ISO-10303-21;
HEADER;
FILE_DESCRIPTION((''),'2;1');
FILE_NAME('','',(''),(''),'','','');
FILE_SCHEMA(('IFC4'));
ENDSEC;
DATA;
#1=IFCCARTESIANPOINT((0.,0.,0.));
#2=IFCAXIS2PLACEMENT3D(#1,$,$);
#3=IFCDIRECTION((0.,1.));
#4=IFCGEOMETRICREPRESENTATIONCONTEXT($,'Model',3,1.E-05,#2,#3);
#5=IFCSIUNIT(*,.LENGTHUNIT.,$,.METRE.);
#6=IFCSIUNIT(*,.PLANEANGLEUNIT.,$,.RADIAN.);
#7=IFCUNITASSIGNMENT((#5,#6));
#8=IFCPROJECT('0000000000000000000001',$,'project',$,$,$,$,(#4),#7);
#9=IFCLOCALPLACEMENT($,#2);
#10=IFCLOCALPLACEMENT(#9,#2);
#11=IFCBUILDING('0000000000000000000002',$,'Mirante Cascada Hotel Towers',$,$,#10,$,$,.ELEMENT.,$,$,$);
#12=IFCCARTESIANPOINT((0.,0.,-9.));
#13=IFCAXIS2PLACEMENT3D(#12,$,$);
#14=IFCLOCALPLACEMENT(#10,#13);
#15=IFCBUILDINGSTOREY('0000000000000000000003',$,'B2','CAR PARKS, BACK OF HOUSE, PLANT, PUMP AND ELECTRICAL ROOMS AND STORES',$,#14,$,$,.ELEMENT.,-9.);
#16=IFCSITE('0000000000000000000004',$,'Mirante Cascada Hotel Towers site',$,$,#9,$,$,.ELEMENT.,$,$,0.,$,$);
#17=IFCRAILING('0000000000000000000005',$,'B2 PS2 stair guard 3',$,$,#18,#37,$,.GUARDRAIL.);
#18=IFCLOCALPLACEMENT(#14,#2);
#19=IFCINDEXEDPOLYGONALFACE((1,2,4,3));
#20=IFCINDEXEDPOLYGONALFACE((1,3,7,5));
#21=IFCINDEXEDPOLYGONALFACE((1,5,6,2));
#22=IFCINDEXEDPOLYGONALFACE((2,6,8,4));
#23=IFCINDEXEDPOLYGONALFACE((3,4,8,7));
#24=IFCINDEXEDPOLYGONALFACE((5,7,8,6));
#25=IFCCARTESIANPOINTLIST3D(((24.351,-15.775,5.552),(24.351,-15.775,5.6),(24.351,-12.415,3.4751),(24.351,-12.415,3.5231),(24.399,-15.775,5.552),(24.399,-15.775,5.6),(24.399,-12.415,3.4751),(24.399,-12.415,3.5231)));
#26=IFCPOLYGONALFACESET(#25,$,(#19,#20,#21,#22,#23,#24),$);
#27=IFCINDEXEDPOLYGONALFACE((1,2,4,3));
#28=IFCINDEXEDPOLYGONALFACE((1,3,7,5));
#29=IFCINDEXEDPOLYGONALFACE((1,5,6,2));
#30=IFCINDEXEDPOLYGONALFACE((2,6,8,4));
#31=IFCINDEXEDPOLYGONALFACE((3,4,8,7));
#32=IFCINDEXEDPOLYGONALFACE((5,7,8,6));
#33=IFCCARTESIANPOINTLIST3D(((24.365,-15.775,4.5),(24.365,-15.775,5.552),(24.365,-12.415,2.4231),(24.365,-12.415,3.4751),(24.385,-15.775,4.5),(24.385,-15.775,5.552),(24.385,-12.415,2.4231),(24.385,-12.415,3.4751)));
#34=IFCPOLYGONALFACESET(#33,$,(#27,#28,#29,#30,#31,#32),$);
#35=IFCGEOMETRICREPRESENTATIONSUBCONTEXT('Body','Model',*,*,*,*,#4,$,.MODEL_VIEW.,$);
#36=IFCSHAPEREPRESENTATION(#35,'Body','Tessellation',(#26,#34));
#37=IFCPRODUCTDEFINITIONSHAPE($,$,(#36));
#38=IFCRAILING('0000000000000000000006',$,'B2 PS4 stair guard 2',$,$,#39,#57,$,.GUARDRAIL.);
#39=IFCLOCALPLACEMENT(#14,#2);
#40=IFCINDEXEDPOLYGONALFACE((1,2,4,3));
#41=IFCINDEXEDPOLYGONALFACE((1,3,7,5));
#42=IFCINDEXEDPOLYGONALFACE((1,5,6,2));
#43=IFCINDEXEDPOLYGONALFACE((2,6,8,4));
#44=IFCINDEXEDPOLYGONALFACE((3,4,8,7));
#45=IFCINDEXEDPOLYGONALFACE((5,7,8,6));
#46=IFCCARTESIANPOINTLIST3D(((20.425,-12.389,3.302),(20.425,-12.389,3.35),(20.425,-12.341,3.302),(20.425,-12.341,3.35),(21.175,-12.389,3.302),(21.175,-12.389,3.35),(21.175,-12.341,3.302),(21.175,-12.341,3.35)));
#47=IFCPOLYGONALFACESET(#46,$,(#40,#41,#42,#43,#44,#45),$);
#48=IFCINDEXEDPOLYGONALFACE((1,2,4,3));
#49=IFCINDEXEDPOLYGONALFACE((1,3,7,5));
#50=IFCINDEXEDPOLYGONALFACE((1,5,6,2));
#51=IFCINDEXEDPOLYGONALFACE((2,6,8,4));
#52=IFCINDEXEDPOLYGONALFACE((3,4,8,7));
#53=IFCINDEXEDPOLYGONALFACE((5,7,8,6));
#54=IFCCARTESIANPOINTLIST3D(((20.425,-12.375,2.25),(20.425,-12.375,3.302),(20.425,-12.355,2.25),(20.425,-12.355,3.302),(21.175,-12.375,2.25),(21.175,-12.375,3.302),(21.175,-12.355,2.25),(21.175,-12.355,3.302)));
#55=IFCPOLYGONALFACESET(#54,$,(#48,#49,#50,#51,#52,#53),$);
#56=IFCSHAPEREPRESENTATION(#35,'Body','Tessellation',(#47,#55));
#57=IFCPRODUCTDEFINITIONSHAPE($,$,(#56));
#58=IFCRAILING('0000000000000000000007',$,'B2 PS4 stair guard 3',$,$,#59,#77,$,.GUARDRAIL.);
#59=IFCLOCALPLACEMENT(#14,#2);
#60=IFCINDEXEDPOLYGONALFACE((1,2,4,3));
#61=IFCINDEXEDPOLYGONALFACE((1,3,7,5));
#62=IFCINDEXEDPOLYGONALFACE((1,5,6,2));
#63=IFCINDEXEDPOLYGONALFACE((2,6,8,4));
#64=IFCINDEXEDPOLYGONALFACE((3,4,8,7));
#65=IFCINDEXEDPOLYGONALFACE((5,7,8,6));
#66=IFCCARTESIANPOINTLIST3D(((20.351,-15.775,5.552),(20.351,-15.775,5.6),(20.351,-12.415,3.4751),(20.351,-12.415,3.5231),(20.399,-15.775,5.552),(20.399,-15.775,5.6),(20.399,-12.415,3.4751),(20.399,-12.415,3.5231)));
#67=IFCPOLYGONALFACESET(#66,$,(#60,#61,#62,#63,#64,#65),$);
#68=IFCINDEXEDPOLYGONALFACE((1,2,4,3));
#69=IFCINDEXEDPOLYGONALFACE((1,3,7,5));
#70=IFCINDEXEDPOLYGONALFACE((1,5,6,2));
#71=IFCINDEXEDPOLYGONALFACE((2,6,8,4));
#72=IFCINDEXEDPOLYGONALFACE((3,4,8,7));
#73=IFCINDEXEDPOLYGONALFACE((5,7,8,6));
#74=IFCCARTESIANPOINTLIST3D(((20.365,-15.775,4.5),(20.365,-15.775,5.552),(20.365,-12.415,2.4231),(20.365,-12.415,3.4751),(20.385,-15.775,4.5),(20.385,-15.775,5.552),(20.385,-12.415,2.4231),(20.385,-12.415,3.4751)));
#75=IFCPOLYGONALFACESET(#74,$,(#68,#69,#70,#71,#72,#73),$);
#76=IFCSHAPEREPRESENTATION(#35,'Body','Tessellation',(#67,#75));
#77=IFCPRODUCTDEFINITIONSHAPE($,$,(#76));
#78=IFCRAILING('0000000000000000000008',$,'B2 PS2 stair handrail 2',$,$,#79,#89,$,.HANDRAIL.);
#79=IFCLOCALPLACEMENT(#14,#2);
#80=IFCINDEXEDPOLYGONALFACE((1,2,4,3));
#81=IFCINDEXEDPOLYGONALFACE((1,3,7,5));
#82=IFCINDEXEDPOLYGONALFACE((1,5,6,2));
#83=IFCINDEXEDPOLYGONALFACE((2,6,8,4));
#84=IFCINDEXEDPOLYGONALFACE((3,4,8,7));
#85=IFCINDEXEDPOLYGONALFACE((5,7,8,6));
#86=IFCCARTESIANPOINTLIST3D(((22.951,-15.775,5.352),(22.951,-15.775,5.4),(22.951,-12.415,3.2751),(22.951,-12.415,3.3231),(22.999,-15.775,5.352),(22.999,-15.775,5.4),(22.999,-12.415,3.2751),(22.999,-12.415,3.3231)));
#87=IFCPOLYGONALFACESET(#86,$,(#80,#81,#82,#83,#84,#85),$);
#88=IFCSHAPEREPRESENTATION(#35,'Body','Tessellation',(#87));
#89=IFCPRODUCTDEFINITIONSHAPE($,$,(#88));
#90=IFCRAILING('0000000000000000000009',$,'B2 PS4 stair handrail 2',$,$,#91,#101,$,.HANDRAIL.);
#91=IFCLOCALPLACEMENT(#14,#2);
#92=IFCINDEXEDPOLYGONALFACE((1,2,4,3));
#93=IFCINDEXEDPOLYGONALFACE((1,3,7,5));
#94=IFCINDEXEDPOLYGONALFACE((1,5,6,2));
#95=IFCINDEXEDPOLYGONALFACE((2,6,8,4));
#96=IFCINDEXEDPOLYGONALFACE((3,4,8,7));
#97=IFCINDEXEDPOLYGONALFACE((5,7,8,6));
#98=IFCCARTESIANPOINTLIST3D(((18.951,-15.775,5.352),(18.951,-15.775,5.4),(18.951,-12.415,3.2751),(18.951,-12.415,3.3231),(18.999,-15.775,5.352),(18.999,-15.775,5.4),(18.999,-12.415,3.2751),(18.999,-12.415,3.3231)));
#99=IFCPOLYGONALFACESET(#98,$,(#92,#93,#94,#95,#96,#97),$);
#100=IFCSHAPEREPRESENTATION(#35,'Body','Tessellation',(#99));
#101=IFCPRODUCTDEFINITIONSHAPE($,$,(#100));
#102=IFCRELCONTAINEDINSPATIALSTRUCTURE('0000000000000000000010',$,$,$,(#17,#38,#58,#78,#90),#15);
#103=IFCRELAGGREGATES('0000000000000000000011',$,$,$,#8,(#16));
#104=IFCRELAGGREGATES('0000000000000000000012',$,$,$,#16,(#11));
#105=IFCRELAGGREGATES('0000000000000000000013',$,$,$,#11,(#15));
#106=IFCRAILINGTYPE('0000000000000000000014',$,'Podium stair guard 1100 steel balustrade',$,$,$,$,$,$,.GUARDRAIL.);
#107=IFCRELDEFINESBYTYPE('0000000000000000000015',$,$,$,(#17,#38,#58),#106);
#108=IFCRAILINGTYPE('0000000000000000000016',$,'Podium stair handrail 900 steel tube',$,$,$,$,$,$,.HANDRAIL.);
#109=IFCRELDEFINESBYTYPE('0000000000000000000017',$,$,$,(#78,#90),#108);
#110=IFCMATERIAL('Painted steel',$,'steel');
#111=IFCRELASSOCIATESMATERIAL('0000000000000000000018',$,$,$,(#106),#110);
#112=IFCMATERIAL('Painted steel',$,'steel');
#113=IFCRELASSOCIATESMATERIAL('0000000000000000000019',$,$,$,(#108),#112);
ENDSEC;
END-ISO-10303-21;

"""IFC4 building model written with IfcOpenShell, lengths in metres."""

from ifc_helpers import new_model, si_unit, direction, frame, origin, origin_2d, place, context, subcontext, project, spatial, rectangle, extrude, material, type_object, element, save


model = new_model("IFC4")

# Units and contexts
model_context = context("Model", 3, precision=1e-05, world=origin(), true_north=direction((0.0, 1.0)))
body_context = subcontext(model_context, "Body", "Model", "MODEL_VIEW")
ifc_project = project(units=[si_unit("LENGTHUNIT", "METRE"), si_unit("PLANEANGLEUNIT", "RADIAN")], contexts=[model_context])

# Site, building, storey
site_placement = place(None, origin())
site = spatial("IfcSite", under=ifc_project, at=site_placement, Name="Mirante Cascada Hotel Towers site", CompositionType="ELEMENT", RefElevation=0.0)
building_placement = place(site_placement, origin())
building = spatial("IfcBuilding", under=site, at=building_placement, Name="Mirante Cascada Hotel Towers", CompositionType="ELEMENT")
storey_placement = place(building_placement, frame((0.0, 0.0, -9.0)))
storey = spatial("IfcBuildingStorey", under=building, at=storey_placement, Name="B2", Description="CAR PARKS, BACK OF HOUSE, PLANT, PUMP AND ELECTRICAL ROOMS AND STORES", CompositionType="ELEMENT", Elevation=-9.0)

# Railings
ifc_material_1 = material(Name="Painted steel", Category="steel")
railing_type_1 = type_object("IfcRailingType", Name="Podium stair guard 1100 steel balustrade", PredefinedType="GUARDRAIL", material=ifc_material_1)
railing_1_placement = place(storey_placement, frame((24.375, -12.415, 2.4231)))
element("IfcRailing", 1, at=railing_1_placement, inside=storey, type_object=railing_type_1, Name="B2 PS2 stair guard 3", PredefinedType="GUARDRAIL", context=body_context, shape_type="SweptSolid", body=[
    extrude(rectangle(XDim=0.048, YDim=0.048, at=origin_2d()), frame((0.0, 0.0, 1.076), z_axis=(0.0, -1.0, 0.0), x_axis=(1.0, 0.0, 0.0)), (0.0, 0.525787, 0.850616), 3.9501),
    extrude(rectangle(XDim=0.02, YDim=1.052, at=origin_2d()), frame((0.0, 0.0, 0.526), z_axis=(0.0, -1.0, 0.0), x_axis=(1.0, 0.0, 0.0)), (0.0, 0.525787, 0.850616), 3.9501),
])
railing_2_placement = place(storey_placement, frame((21.175, -12.365, 2.25)))
element("IfcRailing", 2, at=railing_2_placement, inside=storey, type_object=railing_type_1, Name="B2 PS4 stair guard 2", PredefinedType="GUARDRAIL", context=body_context, shape_type="SweptSolid", body=[
    extrude(rectangle(XDim=0.048, YDim=0.048, at=origin_2d()), frame((0.0, 0.0, 1.076), z_axis=(-1.0, 0.0, 0.0), x_axis=(0.0, -1.0, 0.0)), (0.0, 0.0, 1.0), 0.75),
    extrude(rectangle(XDim=0.02, YDim=1.052, at=origin_2d()), frame((0.0, 0.0, 0.526), z_axis=(-1.0, 0.0, 0.0), x_axis=(0.0, -1.0, 0.0)), (0.0, 0.0, 1.0), 0.75),
])
railing_3_placement = place(storey_placement, frame((20.375, -12.415, 2.4231)))
element("IfcRailing", 3, at=railing_3_placement, inside=storey, type_object=railing_type_1, Name="B2 PS4 stair guard 3", PredefinedType="GUARDRAIL", context=body_context, shape_type="SweptSolid", body=[
    extrude(rectangle(XDim=0.048, YDim=0.048, at=origin_2d()), frame((0.0, 0.0, 1.076), z_axis=(0.0, -1.0, 0.0), x_axis=(1.0, 0.0, 0.0)), (0.0, 0.525787, 0.850616), 3.9501),
    extrude(rectangle(XDim=0.02, YDim=1.052, at=origin_2d()), frame((0.0, 0.0, 0.526), z_axis=(0.0, -1.0, 0.0), x_axis=(1.0, 0.0, 0.0)), (0.0, 0.525787, 0.850616), 3.9501),
])
ifc_material_2 = material(Name="Painted steel", Category="steel")
railing_type_2 = type_object("IfcRailingType", Name="Podium stair handrail 900 steel tube", PredefinedType="HANDRAIL", material=ifc_material_2)
for number, where, name in (
    (4, (22.975, -12.415, 2.4231), "B2 PS2 stair handrail 2"),
    (5, (18.975, -12.415, 2.4231), "B2 PS4 stair handrail 2"),
):
    element("IfcRailing", number, at=place(storey_placement, frame(where)), inside=storey, type_object=railing_type_2, Name=name, PredefinedType="HANDRAIL", context=body_context, shape_type="SweptSolid", body=[
        extrude(rectangle(XDim=0.048, YDim=0.048, at=origin_2d()), frame((0.0, 0.0, 0.876), z_axis=(0.0, -1.0, 0.0), x_axis=(1.0, 0.0, 0.0)), (0.0, 0.525787, 0.850616), 3.9501),
    ])

save(model, "model.ifc")
